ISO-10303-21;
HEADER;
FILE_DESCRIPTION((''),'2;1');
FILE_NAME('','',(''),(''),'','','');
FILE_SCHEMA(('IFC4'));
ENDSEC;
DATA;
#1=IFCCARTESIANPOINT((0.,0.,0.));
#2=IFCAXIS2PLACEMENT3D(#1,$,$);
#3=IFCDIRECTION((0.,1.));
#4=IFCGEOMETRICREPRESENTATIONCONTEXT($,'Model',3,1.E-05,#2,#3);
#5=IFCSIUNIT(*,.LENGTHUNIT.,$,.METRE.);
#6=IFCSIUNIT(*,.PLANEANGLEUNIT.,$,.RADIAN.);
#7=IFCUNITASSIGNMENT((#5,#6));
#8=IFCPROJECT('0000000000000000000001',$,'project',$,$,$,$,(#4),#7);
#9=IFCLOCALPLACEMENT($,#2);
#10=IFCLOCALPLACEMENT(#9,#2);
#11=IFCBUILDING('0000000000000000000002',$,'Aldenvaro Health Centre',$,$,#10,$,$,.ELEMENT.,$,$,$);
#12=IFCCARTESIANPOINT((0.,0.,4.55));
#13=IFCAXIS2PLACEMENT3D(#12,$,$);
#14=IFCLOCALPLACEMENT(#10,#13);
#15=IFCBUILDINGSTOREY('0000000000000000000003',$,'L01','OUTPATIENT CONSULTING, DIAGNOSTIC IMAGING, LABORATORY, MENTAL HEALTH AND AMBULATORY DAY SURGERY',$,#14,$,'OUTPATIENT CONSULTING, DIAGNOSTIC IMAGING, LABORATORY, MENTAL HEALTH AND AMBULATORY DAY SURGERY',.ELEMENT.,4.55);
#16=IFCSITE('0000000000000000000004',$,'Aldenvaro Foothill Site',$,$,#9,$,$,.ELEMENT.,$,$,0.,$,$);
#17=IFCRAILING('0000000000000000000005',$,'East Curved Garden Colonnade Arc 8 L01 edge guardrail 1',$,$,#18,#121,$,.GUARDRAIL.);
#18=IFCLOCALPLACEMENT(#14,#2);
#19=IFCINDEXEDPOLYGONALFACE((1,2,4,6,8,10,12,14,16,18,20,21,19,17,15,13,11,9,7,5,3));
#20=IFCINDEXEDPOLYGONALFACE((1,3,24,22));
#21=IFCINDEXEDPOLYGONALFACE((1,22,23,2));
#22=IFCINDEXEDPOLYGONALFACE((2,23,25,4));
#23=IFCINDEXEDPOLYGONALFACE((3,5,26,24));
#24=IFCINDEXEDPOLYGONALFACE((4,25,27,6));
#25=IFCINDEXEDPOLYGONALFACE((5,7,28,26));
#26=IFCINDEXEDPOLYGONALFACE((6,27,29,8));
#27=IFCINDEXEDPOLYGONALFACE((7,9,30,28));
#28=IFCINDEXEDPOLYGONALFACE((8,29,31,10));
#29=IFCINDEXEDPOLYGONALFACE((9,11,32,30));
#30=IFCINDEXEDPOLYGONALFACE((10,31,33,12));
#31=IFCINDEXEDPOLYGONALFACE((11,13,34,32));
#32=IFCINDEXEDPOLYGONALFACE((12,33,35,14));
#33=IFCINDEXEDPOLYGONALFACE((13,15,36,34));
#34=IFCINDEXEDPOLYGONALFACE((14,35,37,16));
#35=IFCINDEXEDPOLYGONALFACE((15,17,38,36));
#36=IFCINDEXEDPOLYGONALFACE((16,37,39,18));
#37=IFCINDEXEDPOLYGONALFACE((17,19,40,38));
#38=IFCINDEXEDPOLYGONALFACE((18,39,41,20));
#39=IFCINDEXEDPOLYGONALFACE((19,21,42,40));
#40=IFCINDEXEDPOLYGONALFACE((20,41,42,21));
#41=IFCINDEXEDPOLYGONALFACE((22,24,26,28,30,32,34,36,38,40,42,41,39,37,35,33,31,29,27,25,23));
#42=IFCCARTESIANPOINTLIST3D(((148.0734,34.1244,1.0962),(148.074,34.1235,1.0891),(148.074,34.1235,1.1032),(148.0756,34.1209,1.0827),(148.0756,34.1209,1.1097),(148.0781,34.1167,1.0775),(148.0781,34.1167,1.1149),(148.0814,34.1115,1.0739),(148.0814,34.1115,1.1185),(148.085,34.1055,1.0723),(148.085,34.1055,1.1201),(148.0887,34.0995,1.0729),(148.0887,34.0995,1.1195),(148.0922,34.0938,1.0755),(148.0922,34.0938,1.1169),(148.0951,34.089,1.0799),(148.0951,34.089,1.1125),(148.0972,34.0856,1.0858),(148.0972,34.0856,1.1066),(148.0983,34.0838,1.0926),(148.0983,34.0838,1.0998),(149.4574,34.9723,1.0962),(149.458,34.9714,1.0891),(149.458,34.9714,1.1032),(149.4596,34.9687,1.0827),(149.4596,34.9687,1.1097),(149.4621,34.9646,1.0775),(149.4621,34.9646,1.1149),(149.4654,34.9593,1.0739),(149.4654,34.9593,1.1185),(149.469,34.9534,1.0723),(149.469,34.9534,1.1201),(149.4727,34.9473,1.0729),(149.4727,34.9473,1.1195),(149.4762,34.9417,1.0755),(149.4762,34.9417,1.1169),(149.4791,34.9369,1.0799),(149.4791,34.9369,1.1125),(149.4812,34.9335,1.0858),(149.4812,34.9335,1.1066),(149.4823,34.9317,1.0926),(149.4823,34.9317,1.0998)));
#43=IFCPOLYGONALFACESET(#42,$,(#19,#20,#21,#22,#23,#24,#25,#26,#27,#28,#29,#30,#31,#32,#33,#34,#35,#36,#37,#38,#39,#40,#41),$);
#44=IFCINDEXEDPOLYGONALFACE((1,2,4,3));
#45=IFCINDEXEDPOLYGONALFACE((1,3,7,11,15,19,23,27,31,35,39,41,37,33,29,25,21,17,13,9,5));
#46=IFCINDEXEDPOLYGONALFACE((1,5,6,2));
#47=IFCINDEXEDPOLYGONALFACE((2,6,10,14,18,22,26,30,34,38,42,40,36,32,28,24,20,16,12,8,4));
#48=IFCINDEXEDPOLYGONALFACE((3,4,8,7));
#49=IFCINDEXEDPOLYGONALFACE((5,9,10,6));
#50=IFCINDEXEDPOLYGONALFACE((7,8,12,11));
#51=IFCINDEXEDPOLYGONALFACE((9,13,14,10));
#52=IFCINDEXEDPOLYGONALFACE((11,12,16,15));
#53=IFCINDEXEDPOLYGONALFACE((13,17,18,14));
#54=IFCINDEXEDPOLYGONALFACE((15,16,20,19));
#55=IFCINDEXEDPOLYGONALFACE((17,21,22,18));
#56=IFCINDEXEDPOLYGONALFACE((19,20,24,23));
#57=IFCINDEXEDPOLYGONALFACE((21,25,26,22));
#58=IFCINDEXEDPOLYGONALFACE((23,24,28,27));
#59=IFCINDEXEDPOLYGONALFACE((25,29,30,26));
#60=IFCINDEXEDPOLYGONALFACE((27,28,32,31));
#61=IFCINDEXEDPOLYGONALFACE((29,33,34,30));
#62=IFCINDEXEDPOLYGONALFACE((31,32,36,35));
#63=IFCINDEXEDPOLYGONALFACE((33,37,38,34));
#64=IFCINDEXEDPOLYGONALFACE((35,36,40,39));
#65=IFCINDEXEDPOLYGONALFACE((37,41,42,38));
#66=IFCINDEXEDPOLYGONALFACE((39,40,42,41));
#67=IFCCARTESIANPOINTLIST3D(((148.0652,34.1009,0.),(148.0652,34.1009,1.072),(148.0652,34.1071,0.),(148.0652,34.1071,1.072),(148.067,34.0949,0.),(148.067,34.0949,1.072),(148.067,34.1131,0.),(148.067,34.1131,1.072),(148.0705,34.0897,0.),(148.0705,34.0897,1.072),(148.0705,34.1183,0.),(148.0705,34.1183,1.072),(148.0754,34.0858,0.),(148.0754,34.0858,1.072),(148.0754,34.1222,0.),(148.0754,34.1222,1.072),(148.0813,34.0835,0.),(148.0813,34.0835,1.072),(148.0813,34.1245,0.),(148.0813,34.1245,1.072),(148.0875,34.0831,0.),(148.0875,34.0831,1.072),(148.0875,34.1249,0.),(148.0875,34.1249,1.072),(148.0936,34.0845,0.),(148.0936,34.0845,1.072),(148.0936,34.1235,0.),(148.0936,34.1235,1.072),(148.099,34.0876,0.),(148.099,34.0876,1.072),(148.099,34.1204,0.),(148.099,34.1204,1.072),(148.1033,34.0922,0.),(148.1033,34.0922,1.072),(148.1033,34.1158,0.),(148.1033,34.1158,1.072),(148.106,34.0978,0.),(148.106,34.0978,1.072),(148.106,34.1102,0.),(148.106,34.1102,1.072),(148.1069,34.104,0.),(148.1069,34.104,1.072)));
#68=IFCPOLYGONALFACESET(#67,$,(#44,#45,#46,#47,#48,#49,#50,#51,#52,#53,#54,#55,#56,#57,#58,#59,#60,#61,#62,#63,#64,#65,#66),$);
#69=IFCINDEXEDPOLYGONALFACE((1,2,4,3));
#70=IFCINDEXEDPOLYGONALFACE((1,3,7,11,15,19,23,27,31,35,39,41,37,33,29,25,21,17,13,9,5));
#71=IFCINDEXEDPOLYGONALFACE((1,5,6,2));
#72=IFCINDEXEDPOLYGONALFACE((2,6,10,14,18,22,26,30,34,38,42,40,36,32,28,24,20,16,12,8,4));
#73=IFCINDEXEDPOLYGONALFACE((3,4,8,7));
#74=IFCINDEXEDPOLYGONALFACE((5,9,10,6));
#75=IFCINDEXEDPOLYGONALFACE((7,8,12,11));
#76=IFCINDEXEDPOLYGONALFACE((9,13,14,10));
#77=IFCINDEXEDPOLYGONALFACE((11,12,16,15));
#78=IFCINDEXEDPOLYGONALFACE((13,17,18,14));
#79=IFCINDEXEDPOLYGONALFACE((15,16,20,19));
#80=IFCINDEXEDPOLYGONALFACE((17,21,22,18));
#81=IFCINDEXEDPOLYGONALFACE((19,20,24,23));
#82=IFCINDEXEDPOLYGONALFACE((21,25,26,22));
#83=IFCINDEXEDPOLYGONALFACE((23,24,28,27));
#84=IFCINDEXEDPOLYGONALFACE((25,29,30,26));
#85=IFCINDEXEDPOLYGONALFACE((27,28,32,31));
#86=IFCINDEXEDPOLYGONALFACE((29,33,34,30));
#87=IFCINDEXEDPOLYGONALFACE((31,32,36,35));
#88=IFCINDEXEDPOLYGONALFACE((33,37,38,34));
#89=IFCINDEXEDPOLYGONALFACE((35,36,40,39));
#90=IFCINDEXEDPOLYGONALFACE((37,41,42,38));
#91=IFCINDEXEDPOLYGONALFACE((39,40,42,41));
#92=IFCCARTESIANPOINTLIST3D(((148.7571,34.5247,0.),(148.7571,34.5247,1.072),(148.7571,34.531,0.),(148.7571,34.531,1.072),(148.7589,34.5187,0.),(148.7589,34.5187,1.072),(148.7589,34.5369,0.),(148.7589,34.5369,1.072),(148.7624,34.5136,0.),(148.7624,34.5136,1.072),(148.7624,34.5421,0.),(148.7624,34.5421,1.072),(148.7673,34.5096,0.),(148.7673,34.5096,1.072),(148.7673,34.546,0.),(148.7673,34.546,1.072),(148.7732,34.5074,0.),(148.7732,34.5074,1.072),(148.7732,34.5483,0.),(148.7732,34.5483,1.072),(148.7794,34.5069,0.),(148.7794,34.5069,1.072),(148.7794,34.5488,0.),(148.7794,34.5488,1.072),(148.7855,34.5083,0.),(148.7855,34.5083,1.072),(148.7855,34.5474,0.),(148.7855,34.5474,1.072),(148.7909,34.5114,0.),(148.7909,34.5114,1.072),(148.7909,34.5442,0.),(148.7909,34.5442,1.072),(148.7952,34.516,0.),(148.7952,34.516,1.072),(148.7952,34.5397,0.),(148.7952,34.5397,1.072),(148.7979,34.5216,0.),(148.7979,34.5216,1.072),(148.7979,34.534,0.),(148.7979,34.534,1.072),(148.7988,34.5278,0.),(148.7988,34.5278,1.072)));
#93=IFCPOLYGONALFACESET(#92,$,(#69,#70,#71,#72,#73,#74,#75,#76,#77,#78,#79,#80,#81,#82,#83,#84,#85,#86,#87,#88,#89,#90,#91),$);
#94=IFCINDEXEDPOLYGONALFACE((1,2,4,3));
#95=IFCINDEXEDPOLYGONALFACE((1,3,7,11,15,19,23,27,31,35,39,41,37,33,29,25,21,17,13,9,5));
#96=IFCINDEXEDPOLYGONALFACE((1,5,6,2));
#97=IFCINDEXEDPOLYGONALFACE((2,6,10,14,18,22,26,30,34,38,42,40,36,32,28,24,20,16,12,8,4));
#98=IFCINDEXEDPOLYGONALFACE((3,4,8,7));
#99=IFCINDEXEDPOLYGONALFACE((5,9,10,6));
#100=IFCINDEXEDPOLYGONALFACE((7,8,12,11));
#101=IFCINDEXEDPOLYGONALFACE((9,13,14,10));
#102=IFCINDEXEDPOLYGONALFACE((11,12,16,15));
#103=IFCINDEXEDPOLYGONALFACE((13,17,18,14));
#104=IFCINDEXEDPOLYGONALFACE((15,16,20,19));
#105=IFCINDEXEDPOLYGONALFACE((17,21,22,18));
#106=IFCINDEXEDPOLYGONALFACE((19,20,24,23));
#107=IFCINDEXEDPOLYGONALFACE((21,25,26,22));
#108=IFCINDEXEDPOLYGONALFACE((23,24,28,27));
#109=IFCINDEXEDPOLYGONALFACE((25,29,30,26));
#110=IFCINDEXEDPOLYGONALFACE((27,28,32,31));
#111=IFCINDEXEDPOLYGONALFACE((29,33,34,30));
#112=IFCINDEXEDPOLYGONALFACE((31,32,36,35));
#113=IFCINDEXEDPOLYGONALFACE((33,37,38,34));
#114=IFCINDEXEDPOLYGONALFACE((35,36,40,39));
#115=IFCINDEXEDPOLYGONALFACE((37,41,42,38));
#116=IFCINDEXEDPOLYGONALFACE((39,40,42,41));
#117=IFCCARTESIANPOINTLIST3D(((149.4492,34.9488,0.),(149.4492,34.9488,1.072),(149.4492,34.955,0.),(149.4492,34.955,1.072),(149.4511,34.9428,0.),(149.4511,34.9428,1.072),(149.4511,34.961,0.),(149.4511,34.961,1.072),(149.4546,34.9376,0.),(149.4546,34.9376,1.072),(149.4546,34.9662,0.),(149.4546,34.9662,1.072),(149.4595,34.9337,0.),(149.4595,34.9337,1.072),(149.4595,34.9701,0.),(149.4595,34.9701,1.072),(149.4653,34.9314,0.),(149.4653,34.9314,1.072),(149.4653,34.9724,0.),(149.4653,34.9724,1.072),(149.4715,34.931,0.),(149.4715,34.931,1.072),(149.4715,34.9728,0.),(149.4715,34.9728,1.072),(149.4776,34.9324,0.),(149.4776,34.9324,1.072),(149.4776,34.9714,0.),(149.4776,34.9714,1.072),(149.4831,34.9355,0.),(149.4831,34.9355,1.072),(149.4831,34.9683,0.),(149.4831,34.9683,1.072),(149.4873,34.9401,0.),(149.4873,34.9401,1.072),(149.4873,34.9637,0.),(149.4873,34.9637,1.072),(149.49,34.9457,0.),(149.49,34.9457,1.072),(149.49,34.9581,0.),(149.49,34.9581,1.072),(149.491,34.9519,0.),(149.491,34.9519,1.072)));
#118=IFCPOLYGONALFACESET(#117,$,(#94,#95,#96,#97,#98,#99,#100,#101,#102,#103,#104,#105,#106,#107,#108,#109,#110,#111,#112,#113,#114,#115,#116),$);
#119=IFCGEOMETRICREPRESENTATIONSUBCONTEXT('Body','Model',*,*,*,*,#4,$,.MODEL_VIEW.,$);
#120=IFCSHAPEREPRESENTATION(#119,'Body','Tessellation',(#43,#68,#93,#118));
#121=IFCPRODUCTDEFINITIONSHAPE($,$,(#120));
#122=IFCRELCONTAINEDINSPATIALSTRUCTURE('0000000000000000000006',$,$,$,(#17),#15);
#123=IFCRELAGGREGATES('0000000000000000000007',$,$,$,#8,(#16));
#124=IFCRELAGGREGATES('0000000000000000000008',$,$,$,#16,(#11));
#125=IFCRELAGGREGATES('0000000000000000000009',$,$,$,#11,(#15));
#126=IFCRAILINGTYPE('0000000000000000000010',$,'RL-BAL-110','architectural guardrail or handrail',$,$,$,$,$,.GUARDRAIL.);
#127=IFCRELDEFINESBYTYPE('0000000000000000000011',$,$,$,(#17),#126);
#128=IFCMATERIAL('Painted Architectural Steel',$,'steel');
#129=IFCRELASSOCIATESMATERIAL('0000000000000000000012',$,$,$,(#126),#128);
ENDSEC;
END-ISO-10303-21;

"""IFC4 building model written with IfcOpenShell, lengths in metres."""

from ifc_helpers import new_model, si_unit, direction, frame, origin, origin_2d, place, context, subcontext, project, spatial, circle, extrude, material, type_object, element, save


model = new_model("IFC4")

# Units and contexts
model_context = context("Model", 3, precision=1e-05, world=origin(), true_north=direction((0.0, 1.0)))
body_context = subcontext(model_context, "Body", "Model", "MODEL_VIEW")
ifc_project = project(units=[si_unit("LENGTHUNIT", "METRE"), si_unit("PLANEANGLEUNIT", "RADIAN")], contexts=[model_context])

# Site, building, storey
site_placement = place(None, origin())
site = spatial("IfcSite", under=ifc_project, at=site_placement, Name="Aldenvaro Foothill Site", CompositionType="ELEMENT", RefElevation=0.0)
building_placement = place(site_placement, origin())
building = spatial("IfcBuilding", under=site, at=building_placement, Name="Aldenvaro Health Centre", CompositionType="ELEMENT")
storey_placement = place(building_placement, frame((0.0, 0.0, 4.55)))
storey = spatial("IfcBuildingStorey", under=building, at=storey_placement, Name="L01", Description="OUTPATIENT CONSULTING, DIAGNOSTIC IMAGING, LABORATORY, MENTAL HEALTH AND AMBULATORY DAY SURGERY", LongName="OUTPATIENT CONSULTING, DIAGNOSTIC IMAGING, LABORATORY, MENTAL HEALTH AND AMBULATORY DAY SURGERY", CompositionType="ELEMENT", Elevation=4.55)

# Railing
ifc_material_1 = material(Name="Painted Architectural Steel", Category="steel")
railing_type = type_object("IfcRailingType", Name="RL-BAL-110", Description="architectural guardrail or handrail", PredefinedType="GUARDRAIL", material=ifc_material_1)
railing_1_placement = place(storey_placement, frame((148.0859, 34.104, 0.0)))
element("IfcRailing", 1, at=railing_1_placement, inside=storey, type_object=railing_type, Name="East Curved Garden Colonnade Arc 8 L01 edge guardrail 1", PredefinedType="GUARDRAIL", context=body_context, shape_type="SweptSolid", body=[
    extrude(circle(Radius=0.0239, at=origin_2d()), frame((0.0, 0.0, 1.0962), z_axis=(0.852705, 0.522393, 0.0), x_axis=(-0.522393, 0.852705, 0.0)), (0.0, 0.0, 1.0), 1.623),
    extrude(circle(Radius=0.021, at=origin_2d()), origin(), (0.0, 0.0, 1.0), 1.072),
    extrude(circle(Radius=0.021, at=origin_2d()), frame((0.6919, 0.4238, 0.0)), (0.0, 0.0, 1.0), 1.072),
    extrude(circle(Radius=0.021, at=origin_2d()), frame((1.384, 0.8479, 0.0)), (0.0, 0.0, 1.0), 1.072),
])

save(model, "model.ifc")
